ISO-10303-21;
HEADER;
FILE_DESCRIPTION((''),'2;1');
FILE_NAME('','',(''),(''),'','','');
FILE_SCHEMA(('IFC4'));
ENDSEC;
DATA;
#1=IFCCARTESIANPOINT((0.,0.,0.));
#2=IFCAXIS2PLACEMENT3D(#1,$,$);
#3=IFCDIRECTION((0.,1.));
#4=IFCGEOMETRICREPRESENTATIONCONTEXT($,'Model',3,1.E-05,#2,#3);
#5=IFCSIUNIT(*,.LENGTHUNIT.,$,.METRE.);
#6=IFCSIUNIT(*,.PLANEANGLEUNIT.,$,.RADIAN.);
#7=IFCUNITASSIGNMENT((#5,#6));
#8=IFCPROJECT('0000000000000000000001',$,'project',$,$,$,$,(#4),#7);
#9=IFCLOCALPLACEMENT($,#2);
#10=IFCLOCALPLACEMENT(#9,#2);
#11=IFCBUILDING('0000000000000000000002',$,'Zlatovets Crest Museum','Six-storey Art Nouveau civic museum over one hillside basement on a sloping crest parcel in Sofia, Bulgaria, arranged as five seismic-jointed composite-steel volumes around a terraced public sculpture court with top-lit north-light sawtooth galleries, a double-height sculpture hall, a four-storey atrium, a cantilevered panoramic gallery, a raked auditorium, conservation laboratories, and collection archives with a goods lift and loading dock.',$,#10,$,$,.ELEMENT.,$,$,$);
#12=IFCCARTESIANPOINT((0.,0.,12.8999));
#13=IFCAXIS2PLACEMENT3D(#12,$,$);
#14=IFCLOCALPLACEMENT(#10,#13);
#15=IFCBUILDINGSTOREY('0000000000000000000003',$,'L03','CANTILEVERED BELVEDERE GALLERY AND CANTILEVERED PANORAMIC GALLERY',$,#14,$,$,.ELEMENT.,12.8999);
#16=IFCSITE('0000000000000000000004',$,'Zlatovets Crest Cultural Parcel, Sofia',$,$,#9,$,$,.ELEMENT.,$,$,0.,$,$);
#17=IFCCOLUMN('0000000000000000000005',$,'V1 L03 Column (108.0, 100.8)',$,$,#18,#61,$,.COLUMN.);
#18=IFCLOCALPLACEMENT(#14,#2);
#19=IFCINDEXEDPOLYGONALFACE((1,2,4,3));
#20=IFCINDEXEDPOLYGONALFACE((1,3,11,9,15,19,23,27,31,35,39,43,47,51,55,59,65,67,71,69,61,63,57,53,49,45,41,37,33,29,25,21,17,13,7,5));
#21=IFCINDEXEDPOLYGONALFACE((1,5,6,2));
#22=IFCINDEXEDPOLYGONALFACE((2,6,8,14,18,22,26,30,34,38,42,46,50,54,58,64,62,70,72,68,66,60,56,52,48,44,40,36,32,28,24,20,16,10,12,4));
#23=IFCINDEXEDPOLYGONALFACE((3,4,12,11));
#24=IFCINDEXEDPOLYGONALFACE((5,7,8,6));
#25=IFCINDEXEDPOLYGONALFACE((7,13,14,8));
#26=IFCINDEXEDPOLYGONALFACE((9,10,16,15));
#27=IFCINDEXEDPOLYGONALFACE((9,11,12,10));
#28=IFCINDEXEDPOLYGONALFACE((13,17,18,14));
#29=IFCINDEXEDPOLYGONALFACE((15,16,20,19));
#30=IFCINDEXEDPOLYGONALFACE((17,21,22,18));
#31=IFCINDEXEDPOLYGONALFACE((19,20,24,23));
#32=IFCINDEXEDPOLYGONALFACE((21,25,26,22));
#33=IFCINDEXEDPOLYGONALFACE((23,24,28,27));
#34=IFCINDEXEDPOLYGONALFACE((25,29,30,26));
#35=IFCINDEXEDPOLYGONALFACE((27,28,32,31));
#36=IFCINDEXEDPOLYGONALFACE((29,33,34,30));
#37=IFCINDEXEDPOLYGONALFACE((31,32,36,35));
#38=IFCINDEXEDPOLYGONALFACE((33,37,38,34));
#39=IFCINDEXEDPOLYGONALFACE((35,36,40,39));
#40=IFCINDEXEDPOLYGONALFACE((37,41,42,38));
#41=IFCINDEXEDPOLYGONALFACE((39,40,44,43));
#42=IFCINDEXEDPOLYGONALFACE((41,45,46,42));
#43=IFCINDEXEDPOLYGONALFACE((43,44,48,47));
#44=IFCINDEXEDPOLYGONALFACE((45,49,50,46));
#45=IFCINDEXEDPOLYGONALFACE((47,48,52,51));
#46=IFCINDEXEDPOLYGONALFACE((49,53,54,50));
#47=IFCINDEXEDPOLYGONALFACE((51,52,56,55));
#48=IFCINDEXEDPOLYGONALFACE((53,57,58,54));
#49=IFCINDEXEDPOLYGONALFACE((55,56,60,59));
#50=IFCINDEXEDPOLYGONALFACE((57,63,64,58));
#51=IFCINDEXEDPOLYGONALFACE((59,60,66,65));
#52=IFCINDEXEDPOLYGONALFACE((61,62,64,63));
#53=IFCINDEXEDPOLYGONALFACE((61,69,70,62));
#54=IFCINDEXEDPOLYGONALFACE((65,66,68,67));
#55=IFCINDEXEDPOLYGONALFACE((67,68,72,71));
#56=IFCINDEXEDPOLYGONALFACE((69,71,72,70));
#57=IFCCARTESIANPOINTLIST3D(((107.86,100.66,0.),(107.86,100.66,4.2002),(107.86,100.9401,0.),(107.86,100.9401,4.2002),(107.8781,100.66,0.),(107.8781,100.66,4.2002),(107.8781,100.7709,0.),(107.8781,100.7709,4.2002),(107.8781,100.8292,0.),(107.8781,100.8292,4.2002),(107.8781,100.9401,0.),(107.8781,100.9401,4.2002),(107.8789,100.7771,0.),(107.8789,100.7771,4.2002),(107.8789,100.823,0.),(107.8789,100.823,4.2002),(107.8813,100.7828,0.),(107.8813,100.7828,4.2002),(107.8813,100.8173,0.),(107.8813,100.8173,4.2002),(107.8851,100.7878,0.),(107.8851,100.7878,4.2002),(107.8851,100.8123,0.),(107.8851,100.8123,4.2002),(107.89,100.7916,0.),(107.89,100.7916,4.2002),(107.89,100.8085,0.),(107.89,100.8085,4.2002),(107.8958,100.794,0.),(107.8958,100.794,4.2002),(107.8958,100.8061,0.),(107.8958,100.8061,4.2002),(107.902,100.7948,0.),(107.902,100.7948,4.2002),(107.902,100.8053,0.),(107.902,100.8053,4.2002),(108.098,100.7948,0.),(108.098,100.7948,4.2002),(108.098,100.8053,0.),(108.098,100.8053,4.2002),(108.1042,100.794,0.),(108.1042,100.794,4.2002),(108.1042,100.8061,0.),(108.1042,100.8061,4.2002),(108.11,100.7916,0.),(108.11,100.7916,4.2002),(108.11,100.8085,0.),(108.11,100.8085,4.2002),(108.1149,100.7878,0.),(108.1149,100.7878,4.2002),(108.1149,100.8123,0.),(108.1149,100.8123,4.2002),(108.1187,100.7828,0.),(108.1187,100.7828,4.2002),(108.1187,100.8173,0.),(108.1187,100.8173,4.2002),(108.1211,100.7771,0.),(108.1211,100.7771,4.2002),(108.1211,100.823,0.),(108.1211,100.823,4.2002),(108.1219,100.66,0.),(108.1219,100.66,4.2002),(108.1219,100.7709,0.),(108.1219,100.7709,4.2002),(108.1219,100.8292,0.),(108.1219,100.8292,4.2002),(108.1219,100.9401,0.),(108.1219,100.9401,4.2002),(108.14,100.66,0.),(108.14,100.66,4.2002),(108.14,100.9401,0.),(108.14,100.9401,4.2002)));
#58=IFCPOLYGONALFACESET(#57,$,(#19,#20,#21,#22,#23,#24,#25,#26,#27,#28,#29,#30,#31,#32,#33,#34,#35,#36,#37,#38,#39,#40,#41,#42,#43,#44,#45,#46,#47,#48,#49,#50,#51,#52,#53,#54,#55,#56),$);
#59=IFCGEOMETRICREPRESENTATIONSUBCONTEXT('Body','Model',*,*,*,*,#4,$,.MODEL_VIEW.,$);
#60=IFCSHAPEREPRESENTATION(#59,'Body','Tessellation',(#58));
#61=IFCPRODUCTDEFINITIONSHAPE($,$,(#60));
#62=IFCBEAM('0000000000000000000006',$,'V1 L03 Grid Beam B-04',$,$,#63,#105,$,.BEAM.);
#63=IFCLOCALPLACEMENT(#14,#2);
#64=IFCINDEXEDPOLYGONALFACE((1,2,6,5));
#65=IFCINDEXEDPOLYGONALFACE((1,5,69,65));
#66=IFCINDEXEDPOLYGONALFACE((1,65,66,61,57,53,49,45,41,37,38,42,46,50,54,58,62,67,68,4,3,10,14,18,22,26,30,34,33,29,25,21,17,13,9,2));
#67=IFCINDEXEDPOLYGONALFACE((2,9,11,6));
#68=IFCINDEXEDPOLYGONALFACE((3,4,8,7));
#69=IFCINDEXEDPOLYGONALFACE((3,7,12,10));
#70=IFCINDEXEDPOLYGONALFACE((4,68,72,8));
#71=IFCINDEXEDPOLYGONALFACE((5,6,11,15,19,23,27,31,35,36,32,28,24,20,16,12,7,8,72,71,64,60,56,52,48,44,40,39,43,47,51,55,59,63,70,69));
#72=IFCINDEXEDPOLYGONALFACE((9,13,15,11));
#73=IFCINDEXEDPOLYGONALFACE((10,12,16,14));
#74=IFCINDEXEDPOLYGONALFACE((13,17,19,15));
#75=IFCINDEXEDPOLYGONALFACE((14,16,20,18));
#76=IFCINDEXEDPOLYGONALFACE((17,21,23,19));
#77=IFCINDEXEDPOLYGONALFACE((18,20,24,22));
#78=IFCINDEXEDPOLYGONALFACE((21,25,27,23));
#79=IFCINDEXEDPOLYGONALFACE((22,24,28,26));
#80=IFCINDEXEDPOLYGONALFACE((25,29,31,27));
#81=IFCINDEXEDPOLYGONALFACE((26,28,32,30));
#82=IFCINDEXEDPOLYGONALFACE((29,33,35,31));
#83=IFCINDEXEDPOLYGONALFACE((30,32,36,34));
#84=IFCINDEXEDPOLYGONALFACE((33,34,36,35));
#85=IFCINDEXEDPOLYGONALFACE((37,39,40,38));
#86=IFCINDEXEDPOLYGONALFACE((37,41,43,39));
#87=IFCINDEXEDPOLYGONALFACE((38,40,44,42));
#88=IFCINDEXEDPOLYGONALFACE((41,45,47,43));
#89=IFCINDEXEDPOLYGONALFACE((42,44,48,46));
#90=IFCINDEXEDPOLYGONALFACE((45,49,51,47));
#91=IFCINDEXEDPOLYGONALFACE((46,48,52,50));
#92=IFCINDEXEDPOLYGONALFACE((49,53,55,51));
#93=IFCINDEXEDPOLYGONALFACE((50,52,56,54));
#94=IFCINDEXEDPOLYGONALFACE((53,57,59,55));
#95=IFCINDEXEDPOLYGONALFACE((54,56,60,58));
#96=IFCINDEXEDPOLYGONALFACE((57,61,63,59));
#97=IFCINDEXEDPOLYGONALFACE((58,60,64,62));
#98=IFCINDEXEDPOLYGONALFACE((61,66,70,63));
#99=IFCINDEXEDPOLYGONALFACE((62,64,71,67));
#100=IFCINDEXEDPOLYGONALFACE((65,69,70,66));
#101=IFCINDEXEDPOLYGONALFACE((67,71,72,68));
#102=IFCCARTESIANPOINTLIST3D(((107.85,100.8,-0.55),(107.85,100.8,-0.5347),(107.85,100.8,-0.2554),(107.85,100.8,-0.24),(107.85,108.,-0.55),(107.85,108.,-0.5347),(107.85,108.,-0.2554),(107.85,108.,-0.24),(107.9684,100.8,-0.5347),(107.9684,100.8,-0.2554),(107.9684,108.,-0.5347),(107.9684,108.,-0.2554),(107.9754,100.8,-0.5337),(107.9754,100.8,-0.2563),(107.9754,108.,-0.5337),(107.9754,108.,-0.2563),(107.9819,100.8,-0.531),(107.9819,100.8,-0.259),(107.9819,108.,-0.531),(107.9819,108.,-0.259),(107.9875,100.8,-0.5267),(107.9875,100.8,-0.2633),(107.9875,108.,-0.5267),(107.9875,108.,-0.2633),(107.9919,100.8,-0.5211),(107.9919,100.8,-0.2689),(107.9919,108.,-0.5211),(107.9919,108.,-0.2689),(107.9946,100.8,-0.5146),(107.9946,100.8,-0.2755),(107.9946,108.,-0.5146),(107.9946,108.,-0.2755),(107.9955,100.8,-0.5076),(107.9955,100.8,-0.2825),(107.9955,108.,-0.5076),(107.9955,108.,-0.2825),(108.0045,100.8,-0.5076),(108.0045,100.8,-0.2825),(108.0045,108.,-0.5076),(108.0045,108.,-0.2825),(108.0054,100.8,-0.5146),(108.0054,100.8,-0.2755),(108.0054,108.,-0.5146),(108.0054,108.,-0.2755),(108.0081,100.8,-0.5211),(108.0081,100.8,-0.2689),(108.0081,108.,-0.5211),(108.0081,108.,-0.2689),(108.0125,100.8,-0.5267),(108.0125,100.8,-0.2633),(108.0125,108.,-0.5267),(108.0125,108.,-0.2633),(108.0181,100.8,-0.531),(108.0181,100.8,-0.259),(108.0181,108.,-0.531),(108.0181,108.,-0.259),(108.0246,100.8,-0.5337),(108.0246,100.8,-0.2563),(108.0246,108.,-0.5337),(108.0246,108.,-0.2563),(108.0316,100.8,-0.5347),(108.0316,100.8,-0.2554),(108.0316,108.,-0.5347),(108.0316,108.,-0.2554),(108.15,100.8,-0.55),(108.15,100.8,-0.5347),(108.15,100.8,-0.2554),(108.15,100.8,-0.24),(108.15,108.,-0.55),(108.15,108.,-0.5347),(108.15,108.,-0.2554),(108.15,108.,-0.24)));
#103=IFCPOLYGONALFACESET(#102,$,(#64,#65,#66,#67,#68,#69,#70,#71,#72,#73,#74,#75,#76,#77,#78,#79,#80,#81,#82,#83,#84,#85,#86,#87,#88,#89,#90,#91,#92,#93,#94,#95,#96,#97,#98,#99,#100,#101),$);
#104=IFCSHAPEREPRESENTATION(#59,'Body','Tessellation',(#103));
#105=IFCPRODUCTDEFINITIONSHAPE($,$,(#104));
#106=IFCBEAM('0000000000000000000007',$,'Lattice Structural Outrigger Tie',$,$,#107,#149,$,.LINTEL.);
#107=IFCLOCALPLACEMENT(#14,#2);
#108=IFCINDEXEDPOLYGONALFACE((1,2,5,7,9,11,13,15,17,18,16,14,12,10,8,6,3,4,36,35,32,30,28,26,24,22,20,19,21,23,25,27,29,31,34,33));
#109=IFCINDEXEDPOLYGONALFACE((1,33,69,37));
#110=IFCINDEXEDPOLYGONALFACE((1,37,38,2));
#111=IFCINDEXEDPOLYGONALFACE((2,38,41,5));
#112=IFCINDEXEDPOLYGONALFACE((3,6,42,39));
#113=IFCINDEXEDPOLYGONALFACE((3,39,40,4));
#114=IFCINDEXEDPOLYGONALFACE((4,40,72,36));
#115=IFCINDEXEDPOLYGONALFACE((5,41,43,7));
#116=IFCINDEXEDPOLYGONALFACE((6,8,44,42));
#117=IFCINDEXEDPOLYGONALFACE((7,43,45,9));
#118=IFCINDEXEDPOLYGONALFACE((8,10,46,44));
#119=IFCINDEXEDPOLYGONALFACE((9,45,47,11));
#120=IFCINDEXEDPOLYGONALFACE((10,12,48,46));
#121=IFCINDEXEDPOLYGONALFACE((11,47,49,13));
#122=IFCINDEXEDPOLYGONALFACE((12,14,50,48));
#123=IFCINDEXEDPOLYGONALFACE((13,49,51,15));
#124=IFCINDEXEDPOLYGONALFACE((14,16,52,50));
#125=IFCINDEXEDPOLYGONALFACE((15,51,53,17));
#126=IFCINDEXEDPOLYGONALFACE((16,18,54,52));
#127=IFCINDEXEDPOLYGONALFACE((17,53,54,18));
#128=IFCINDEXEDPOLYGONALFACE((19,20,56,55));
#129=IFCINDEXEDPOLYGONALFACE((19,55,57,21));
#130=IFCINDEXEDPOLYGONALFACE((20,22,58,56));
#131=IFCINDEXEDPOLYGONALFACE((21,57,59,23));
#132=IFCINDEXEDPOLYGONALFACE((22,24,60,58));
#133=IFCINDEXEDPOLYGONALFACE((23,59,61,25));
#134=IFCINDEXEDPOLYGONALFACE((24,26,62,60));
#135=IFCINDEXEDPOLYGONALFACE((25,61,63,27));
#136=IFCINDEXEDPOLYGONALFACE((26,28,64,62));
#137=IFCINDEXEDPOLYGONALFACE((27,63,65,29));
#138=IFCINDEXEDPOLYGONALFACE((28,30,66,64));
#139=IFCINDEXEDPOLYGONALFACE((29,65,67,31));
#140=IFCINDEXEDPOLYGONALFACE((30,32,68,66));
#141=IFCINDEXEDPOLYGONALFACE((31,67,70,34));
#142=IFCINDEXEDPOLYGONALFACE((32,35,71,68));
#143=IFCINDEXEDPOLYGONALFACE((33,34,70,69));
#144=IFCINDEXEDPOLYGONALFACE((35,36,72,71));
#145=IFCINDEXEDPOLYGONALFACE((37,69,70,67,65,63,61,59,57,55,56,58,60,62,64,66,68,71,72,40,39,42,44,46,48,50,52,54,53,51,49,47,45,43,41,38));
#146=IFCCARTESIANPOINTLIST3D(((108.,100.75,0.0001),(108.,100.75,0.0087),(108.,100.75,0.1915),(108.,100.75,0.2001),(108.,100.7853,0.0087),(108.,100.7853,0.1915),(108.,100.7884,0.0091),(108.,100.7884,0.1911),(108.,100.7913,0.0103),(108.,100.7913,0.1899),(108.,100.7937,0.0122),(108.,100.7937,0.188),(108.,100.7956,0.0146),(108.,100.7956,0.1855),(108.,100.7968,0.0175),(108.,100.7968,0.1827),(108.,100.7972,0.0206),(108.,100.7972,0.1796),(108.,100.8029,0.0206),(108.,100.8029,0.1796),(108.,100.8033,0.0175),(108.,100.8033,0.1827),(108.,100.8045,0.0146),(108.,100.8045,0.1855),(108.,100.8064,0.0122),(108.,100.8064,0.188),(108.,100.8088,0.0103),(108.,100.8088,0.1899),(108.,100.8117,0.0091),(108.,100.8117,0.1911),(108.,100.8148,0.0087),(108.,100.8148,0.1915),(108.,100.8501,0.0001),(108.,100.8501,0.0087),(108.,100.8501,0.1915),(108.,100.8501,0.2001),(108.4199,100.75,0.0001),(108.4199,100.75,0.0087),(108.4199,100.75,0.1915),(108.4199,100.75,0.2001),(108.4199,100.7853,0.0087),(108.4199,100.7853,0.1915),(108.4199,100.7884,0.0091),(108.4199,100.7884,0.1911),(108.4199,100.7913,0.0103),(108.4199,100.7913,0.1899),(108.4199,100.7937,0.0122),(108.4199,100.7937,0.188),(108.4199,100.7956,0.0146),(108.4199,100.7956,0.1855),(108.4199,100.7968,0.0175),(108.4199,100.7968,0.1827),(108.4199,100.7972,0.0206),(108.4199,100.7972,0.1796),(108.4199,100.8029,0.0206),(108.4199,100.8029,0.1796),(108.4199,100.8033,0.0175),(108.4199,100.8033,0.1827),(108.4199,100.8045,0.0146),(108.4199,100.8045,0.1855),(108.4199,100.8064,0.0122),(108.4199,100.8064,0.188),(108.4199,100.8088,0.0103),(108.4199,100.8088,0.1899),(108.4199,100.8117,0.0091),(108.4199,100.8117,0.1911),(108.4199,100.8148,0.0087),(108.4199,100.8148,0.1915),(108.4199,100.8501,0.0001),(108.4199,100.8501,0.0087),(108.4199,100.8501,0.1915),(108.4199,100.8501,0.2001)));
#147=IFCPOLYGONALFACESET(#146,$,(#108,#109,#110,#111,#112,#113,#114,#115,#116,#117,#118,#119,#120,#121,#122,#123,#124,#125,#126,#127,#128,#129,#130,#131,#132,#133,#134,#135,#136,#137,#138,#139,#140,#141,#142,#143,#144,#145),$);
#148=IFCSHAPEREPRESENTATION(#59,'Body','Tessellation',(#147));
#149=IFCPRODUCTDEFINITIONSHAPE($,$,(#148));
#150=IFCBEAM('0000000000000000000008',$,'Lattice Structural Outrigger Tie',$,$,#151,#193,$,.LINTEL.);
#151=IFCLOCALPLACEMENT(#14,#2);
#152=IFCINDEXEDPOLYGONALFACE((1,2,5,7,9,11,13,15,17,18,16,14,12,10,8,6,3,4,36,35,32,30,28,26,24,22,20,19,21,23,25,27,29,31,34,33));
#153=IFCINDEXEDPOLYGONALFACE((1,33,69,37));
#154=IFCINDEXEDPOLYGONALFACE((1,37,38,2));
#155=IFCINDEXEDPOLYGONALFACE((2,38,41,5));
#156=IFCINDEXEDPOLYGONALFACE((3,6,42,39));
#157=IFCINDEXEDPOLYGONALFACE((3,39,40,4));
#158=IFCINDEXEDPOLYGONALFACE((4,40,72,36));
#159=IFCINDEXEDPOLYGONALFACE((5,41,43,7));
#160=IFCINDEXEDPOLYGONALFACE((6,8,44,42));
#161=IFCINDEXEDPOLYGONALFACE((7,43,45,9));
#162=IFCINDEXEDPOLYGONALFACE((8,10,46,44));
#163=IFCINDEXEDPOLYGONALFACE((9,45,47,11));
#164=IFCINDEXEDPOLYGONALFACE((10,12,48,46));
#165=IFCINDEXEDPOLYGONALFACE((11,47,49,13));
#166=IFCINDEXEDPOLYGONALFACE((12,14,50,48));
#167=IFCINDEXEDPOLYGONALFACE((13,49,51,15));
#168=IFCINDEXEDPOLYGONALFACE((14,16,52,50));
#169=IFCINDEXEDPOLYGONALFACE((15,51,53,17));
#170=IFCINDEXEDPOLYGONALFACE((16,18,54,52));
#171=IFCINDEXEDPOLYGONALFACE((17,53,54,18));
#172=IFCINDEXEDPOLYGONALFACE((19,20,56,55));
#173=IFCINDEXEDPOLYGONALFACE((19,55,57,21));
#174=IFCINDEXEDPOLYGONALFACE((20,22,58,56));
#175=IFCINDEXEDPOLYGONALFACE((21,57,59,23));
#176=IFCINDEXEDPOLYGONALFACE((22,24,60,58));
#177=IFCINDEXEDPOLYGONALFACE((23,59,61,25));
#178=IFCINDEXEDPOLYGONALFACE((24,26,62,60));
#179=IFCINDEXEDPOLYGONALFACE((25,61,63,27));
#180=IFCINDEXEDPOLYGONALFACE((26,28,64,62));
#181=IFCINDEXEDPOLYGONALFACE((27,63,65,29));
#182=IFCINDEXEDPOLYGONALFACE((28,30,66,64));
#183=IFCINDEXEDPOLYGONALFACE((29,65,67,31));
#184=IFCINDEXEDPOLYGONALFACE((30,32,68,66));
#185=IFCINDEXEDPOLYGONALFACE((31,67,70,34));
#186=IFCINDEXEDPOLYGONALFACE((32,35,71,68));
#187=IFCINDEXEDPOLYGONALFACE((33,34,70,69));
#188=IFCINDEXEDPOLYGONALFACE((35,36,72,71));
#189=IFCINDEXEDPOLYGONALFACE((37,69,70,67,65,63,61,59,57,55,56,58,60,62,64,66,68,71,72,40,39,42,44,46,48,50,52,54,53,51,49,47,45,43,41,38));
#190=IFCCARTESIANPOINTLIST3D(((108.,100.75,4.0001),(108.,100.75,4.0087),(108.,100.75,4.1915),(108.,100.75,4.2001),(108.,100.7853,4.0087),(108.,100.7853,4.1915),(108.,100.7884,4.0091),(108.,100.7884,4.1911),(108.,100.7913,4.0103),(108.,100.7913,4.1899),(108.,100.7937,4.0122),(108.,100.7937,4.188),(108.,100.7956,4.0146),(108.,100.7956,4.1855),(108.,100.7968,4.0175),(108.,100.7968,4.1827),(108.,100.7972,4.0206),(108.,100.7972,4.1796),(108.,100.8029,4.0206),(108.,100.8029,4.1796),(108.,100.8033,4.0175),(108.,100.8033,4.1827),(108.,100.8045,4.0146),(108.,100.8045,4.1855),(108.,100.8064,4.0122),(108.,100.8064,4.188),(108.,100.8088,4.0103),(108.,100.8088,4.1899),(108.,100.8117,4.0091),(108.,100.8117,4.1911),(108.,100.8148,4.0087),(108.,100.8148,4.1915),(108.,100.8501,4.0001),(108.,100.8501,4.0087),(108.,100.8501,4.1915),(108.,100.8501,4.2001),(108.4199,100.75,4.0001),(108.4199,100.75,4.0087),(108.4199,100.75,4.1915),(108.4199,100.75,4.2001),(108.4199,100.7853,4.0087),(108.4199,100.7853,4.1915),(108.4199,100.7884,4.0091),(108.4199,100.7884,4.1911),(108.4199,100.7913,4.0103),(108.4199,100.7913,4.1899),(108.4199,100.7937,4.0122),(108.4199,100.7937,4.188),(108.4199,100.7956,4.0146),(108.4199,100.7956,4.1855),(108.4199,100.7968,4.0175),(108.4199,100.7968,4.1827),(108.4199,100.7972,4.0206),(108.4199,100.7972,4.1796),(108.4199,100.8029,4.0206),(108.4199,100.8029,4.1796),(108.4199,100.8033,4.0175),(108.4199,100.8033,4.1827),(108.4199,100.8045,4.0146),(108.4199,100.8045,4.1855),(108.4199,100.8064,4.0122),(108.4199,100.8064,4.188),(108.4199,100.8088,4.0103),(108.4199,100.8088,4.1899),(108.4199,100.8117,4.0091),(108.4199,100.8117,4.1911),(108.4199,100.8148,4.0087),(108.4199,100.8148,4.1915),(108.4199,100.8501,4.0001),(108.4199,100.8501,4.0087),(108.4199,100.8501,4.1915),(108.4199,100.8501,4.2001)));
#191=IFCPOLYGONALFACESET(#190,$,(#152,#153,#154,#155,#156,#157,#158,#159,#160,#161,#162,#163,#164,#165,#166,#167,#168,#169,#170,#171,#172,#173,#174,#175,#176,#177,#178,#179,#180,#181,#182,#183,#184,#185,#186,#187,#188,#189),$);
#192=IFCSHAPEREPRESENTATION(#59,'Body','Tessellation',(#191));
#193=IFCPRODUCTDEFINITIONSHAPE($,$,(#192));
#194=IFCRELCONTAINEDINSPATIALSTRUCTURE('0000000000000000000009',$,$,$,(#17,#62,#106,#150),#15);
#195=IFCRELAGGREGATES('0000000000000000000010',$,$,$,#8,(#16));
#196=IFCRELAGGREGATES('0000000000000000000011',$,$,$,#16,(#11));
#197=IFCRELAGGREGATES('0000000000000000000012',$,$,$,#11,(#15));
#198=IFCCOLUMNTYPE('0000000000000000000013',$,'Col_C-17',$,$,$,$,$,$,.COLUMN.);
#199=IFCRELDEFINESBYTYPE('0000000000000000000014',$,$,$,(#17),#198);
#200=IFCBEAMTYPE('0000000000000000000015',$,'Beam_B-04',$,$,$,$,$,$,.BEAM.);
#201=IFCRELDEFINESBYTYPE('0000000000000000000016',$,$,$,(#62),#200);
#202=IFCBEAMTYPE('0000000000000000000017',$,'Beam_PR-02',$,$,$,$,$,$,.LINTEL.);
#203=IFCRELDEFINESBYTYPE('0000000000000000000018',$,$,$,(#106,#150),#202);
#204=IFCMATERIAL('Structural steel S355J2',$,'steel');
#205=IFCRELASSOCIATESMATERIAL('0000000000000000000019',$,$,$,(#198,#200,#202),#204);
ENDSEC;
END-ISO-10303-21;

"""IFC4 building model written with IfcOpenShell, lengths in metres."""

from ifc_helpers import new_model, si_unit, direction, frame, origin, origin_2d, place, context, subcontext, project, spatial, i_section, extrude, material, material_profile, profile_set, type_object, element, save


model = new_model("IFC4")

# Units and contexts
model_context = context("Model", 3, precision=1e-05, world=origin(), true_north=direction((0.0, 1.0)))
body_context = subcontext(model_context, "Body", "Model", "MODEL_VIEW")
ifc_project = project(units=[si_unit("LENGTHUNIT", "METRE"), si_unit("PLANEANGLEUNIT", "RADIAN")], contexts=[model_context])

# Site, building, storey
site_placement = place(None, origin())
site = spatial("IfcSite", under=ifc_project, at=site_placement, Name="Zlatovets Crest Cultural Parcel, Sofia", CompositionType="ELEMENT", RefElevation=0.0)
building_placement = place(site_placement, origin())
building = spatial("IfcBuilding", under=site, at=building_placement, Name="Zlatovets Crest Museum", Description="Six-storey Art Nouveau civic museum over one hillside basement on a sloping crest parcel in Sofia, Bulgaria, arranged as five seismic-jointed composite-steel volumes around a terraced public sculpture court with top-lit north-light sawtooth galleries, a double-height sculpture hall, a four-storey atrium, a cantilevered panoramic gallery, a raked auditorium, conservation laboratories, and collection archives with a goods lift and loading dock.", CompositionType="ELEMENT")
storey_placement = place(building_placement, frame((0.0, 0.0, 12.8999)))
storey = spatial("IfcBuildingStorey", under=building, at=storey_placement, Name="L03", Description="CANTILEVERED BELVEDERE GALLERY AND CANTILEVERED PANORAMIC GALLERY", CompositionType="ELEMENT", Elevation=12.8999)

# Column
ifc_material_1 = material(Name="Structural steel S355J2", Category="steel")
ifc_material_profile_1 = material_profile(ifc_material_1, i_section(OverallWidth=0.28, OverallDepth=0.28, WebThickness=0.0105, FlangeThickness=0.0181, FilletRadius=0.0239, at=origin_2d()), Name="HEB 280")
ifc_profile_set_1 = profile_set([ifc_material_profile_1], Name="Structural steel S355J2")
column_type = type_object("IfcColumnType", Name="Col_C-17", PredefinedType="COLUMN", material=ifc_profile_set_1)
column_placement = place(storey_placement, frame((108.0, 100.8, 0.0), z_axis=(0.0, 0.0, 1.0), x_axis=(0.0, 1.0, 0.0)))
element("IfcColumn", 1, at=column_placement, inside=storey, type_object=column_type, Name="V1 L03 Column (108.0, 100.8)", PredefinedType="COLUMN", context=body_context, shape_type="SweptSolid", body=[
    extrude(i_section(OverallWidth=0.28, OverallDepth=0.28, WebThickness=0.0105, FlangeThickness=0.0181, FilletRadius=0.0239, at=origin_2d()), origin(), (0.0, 0.0, 1.0), 4.2002),
])

# Beams
ifc_material_profile_2 = material_profile(ifc_material_1, i_section(OverallWidth=0.3, OverallDepth=0.3101, WebThickness=0.009, FlangeThickness=0.0154, FilletRadius=0.0271, at=origin_2d()), Name="HEA 320")
ifc_profile_set_2 = profile_set([ifc_material_profile_2], Name="Structural steel S355J2")
beam_type_1 = type_object("IfcBeamType", Name="Beam_B-04", PredefinedType="BEAM", material=ifc_profile_set_2)
beam_placement = place(storey_placement, frame((108.0, 100.8, -0.395), z_axis=(0.0, 1.0, 0.0), x_axis=(-1.0, 0.0, 0.0)))
element("IfcBeam", 2, at=beam_placement, inside=storey, type_object=beam_type_1, Name="V1 L03 Grid Beam B-04", PredefinedType="BEAM", context=body_context, shape_type="SweptSolid", body=[
    extrude(i_section(OverallWidth=0.3, OverallDepth=0.3101, WebThickness=0.009, FlangeThickness=0.0154, FilletRadius=0.0271, at=origin_2d()), origin(), (0.0, 0.0, 1.0), 7.2),
])
ifc_material_profile_3 = material_profile(ifc_material_1, i_section(OverallWidth=0.1001, OverallDepth=0.2, WebThickness=0.0056, FlangeThickness=0.0085, FilletRadius=0.012, at=origin_2d()), Name="IPE 200")
ifc_profile_set_3 = profile_set([ifc_material_profile_3], Name="Structural steel S355J2")
beam_type_2 = type_object("IfcBeamType", Name="Beam_PR-02", PredefinedType="LINTEL", material=ifc_profile_set_3)
for number, where, z_axis, x_axis, name in (
    (3, (108.0, 100.8, 0.1001), (1.0, 0.0, 0.0), (0.0, 1.0, 0.0), "Lattice Structural Outrigger Tie"),
    (4, (108.0, 100.8, 4.1001), (1.0, 0.0, 0.0), (0.0, 1.0, 0.0), "Lattice Structural Outrigger Tie"),
):
    element("IfcBeam", number, at=place(storey_placement, frame(where, z_axis=z_axis, x_axis=x_axis)), inside=storey, type_object=beam_type_2, Name=name, PredefinedType="LINTEL", context=body_context, shape_type="SweptSolid", body=[
        extrude(i_section(OverallWidth=0.1001, OverallDepth=0.2, WebThickness=0.0056, FlangeThickness=0.0085, FilletRadius=0.012, at=origin_2d()), origin(), (0.0, 0.0, 1.0), 0.4199),
    ])

save(model, "model.ifc")
